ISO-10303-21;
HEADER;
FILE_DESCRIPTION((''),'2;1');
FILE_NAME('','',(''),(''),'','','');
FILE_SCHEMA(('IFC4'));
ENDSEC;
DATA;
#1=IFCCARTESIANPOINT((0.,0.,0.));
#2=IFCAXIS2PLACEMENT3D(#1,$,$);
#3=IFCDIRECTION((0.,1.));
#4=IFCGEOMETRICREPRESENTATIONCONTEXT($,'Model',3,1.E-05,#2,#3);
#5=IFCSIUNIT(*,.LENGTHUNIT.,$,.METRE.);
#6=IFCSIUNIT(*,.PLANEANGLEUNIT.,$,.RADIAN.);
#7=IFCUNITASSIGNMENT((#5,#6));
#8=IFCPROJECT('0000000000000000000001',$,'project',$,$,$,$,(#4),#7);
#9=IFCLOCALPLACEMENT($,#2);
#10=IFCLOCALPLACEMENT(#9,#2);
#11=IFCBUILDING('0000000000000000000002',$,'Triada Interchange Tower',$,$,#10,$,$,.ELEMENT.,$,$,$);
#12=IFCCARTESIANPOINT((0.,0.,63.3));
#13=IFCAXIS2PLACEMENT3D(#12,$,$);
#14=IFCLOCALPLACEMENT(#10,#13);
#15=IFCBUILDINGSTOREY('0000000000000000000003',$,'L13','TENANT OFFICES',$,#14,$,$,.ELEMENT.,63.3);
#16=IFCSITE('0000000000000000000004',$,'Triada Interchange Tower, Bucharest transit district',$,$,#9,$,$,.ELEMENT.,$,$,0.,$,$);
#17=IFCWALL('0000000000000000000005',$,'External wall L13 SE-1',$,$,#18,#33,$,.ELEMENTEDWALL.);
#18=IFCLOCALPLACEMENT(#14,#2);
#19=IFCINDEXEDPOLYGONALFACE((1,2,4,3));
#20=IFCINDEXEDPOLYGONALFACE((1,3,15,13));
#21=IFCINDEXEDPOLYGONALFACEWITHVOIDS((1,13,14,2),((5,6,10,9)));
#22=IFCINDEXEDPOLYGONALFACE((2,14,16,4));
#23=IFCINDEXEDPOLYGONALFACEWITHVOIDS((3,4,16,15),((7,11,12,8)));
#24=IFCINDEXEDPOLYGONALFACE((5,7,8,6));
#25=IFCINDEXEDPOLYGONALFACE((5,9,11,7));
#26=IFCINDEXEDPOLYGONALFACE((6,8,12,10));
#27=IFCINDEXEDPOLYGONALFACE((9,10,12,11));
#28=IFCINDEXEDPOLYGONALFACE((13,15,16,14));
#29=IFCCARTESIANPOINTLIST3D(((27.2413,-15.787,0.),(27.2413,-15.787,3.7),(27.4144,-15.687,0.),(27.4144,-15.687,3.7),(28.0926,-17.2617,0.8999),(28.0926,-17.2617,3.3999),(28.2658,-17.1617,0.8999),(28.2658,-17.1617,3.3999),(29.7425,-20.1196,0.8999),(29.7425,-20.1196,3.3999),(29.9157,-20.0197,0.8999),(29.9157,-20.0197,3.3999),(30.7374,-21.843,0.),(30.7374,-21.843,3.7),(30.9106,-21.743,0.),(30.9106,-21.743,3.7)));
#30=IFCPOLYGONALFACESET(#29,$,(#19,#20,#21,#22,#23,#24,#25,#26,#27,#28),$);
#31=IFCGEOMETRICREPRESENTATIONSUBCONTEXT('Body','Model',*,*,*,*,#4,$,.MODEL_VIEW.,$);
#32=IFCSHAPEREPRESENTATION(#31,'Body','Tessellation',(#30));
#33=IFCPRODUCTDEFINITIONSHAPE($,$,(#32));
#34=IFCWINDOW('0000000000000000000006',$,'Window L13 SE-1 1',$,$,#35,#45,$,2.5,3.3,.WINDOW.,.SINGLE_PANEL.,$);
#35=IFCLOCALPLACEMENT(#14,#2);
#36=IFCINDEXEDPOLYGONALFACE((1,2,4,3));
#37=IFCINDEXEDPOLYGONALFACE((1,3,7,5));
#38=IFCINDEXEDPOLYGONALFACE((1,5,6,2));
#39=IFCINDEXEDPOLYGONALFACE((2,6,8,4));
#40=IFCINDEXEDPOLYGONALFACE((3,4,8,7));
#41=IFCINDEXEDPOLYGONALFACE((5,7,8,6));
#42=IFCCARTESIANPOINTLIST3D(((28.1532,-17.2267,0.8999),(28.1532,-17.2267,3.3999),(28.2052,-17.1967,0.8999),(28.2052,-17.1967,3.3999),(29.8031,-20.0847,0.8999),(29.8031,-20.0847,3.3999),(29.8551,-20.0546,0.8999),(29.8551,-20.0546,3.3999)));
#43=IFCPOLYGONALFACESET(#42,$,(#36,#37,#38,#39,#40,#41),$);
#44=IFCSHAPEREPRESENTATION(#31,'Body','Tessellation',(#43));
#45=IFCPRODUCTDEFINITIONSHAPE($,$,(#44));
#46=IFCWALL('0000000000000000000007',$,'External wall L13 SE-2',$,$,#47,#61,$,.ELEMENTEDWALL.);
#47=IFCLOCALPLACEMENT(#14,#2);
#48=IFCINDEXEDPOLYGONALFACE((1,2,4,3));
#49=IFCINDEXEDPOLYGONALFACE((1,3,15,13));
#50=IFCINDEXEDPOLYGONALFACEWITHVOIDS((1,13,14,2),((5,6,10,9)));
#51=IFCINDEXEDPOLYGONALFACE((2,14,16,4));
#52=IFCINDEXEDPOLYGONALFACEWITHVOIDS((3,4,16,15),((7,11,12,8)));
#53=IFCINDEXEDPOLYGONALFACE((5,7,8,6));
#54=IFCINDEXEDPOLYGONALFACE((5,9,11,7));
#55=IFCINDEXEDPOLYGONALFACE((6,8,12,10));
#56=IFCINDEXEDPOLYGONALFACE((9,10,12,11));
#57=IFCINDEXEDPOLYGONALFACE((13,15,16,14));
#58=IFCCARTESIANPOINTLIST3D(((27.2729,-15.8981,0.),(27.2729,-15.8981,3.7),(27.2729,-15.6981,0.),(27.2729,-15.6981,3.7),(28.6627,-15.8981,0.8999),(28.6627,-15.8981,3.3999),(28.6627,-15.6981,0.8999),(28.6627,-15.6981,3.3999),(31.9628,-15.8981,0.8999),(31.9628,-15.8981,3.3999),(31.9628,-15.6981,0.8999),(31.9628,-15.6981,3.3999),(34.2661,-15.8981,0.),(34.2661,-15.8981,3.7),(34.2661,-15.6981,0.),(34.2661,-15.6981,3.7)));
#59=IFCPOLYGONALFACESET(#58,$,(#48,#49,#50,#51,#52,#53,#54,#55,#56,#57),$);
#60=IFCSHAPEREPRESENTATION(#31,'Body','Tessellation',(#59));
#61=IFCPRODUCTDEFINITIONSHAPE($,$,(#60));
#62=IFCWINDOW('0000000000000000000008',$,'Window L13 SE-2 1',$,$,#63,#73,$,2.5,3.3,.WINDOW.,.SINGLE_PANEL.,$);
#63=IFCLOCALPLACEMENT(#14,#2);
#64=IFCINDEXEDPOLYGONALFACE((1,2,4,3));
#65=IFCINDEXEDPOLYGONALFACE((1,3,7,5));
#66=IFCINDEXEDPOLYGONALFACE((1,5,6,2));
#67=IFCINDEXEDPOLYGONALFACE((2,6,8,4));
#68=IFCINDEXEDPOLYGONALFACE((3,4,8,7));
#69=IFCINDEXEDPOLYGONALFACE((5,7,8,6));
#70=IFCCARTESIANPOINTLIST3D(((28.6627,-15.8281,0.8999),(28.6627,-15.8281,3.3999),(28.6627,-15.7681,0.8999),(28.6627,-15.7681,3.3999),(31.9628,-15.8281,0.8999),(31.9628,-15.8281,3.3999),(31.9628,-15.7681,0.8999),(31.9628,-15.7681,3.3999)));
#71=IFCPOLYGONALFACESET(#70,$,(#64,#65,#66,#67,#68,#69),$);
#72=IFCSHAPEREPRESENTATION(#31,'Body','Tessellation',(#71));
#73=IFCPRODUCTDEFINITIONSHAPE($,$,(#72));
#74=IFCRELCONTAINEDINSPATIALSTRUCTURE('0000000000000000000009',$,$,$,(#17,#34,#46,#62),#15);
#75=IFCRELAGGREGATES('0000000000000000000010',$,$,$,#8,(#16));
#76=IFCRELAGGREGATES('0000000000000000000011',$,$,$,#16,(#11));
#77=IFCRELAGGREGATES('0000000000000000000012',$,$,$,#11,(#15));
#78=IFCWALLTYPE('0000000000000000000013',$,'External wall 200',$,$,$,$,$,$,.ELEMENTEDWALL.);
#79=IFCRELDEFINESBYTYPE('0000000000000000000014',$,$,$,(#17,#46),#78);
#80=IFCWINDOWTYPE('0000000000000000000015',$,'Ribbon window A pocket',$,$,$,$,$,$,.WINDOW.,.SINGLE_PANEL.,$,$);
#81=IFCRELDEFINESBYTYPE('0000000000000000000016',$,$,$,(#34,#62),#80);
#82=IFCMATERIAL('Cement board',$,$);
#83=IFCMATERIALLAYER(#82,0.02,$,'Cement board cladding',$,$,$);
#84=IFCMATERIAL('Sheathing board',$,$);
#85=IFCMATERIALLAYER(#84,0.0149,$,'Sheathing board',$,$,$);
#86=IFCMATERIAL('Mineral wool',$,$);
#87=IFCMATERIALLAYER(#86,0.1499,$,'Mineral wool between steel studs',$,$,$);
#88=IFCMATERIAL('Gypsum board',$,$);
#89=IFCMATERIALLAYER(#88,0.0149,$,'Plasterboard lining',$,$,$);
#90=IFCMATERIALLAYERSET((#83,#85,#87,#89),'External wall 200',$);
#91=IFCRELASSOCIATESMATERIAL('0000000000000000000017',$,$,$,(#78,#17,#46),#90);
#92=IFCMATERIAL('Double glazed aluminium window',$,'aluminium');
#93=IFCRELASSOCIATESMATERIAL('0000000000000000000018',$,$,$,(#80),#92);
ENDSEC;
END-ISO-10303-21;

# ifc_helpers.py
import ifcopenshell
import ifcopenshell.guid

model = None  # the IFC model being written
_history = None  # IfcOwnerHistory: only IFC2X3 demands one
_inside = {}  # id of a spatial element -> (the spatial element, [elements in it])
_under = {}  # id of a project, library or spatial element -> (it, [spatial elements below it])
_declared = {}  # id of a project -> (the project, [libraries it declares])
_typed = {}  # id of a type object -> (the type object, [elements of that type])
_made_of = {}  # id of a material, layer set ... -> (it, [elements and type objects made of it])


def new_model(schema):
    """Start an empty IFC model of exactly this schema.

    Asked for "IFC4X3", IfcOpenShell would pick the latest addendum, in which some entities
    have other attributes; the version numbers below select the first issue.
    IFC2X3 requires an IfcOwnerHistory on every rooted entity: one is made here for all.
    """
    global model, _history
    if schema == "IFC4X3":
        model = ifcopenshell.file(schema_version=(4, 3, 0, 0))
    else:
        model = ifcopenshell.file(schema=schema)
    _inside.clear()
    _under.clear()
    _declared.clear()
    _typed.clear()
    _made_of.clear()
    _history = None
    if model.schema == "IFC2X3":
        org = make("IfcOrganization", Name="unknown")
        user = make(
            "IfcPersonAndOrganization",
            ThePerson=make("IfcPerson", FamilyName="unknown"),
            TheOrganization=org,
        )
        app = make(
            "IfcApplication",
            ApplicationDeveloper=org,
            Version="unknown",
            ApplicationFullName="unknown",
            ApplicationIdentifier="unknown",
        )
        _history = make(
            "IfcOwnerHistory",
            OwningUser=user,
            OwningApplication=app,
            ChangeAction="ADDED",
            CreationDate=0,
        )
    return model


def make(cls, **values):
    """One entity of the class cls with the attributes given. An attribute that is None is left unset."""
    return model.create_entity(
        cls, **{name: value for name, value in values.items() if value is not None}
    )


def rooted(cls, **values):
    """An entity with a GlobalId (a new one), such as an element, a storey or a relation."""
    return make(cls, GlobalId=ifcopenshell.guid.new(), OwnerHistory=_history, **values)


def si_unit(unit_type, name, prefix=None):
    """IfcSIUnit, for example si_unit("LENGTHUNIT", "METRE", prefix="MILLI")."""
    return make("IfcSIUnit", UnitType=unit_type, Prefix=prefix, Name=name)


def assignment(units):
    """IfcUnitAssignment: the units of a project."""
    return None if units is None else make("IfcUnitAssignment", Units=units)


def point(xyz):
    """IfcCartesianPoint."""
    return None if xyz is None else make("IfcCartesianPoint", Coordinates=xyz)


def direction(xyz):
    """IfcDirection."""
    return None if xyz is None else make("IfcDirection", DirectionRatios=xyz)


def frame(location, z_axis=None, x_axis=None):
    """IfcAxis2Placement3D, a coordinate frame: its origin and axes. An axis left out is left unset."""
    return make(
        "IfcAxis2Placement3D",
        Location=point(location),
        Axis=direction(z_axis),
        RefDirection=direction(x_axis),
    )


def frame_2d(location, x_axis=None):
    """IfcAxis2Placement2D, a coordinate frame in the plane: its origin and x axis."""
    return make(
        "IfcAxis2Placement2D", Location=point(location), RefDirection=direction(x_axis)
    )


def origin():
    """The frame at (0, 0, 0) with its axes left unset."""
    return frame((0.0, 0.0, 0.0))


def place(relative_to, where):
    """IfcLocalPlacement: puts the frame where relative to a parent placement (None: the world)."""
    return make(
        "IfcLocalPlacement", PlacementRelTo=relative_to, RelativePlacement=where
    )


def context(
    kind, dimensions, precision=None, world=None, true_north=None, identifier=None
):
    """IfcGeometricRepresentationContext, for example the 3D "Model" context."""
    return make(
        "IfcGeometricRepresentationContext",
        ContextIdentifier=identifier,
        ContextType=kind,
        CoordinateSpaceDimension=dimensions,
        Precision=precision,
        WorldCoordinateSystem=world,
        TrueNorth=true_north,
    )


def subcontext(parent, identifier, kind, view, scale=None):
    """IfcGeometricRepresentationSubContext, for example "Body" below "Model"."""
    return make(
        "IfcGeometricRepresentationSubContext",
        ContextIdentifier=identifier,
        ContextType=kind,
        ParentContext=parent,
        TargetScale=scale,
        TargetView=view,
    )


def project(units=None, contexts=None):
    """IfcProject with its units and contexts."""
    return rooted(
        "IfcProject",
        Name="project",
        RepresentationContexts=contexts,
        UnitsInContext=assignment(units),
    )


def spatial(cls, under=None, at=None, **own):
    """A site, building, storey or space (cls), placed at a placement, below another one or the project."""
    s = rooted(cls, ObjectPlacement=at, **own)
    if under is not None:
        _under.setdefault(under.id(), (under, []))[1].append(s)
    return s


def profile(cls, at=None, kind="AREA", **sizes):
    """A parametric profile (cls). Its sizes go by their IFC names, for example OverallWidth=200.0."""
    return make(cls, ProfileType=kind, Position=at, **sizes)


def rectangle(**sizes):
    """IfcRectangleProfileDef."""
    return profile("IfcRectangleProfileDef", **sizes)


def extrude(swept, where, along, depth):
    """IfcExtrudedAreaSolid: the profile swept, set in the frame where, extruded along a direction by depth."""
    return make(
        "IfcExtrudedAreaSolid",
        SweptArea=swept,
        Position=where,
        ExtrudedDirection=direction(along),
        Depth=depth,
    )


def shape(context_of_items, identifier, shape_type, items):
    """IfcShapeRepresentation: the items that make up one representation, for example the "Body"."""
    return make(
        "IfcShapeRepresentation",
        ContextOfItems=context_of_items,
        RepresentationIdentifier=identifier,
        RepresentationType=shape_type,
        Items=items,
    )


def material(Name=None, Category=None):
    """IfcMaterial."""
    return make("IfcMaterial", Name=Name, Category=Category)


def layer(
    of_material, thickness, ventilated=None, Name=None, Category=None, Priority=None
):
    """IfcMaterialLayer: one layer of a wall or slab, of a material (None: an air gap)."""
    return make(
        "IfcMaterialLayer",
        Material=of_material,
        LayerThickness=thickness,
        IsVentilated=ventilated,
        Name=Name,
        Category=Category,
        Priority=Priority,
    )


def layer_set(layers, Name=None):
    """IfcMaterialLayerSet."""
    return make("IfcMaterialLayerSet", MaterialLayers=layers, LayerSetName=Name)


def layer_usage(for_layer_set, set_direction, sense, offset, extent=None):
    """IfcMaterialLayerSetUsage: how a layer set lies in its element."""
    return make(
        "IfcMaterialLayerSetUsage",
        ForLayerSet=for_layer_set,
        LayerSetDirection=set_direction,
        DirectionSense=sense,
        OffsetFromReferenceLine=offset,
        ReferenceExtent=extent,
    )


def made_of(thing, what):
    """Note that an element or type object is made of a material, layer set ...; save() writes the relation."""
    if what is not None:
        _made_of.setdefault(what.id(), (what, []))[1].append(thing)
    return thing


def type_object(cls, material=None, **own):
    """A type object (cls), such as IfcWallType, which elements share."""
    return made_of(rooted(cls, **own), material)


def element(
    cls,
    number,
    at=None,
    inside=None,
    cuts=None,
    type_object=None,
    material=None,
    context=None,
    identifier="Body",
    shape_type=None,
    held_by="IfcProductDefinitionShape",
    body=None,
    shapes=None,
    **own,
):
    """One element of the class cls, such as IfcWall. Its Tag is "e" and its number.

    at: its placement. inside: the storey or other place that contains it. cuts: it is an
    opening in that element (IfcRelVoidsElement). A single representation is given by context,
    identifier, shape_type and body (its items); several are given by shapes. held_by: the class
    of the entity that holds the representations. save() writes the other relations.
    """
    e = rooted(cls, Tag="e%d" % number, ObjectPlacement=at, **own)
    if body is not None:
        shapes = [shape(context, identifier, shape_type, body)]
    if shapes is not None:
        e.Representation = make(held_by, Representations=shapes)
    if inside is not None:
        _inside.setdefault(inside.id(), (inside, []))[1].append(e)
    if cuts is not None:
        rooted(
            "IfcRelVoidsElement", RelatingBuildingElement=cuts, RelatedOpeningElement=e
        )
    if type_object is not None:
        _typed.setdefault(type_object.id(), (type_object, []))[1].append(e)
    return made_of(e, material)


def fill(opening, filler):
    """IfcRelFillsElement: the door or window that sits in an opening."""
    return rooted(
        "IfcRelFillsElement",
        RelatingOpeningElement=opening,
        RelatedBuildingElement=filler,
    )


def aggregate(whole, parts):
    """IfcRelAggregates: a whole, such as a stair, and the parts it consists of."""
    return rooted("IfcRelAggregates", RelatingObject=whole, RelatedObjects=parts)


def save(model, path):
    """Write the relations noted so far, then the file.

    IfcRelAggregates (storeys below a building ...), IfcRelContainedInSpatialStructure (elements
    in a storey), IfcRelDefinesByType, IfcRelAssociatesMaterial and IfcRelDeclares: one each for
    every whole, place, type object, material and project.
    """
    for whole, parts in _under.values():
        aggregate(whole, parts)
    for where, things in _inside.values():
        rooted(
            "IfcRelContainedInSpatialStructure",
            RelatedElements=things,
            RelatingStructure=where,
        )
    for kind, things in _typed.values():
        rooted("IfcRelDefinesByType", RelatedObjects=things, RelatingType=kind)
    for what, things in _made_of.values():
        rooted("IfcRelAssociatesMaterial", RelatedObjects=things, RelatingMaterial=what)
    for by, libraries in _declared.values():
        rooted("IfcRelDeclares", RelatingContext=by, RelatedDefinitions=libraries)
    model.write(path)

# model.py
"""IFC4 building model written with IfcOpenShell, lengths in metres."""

from ifc_helpers import new_model, si_unit, direction, frame, frame_2d, origin, place, context, subcontext, project, spatial, rectangle, extrude, material, layer, layer_set, layer_usage, type_object, element, fill, save


model = new_model("IFC4")

# Units and contexts
model_context = context("Model", 3, precision=1e-05, world=origin(), true_north=direction((0.0, 1.0)))
body_context = subcontext(model_context, "Body", "Model", "MODEL_VIEW")
ifc_project = project(units=[si_unit("LENGTHUNIT", "METRE"), si_unit("PLANEANGLEUNIT", "RADIAN")], contexts=[model_context])

# Site, building, storey
site_placement = place(None, origin())
site = spatial("IfcSite", under=ifc_project, at=site_placement, Name="Triada Interchange Tower, Bucharest transit district", CompositionType="ELEMENT", RefElevation=0.0)
building_placement = place(site_placement, origin())
building = spatial("IfcBuilding", under=site, at=building_placement, Name="Triada Interchange Tower", CompositionType="ELEMENT")
storey_placement = place(building_placement, frame((0.0, 0.0, 63.3)))
storey = spatial("IfcBuildingStorey", under=building, at=storey_placement, Name="L13", Description="TENANT OFFICES", CompositionType="ELEMENT", Elevation=63.3)

# Walls, openings, windows
ifc_material_1 = material(Name="Cement board")
ifc_layer_1 = layer(ifc_material_1, 0.02, Name="Cement board cladding")
ifc_material_2 = material(Name="Sheathing board")
ifc_layer_2 = layer(ifc_material_2, 0.0149, Name="Sheathing board")
ifc_material_3 = material(Name="Mineral wool")
ifc_layer_3 = layer(ifc_material_3, 0.1499, Name="Mineral wool between steel studs")
ifc_material_4 = material(Name="Gypsum board")
ifc_layer_4 = layer(ifc_material_4, 0.0149, Name="Plasterboard lining")
ifc_layer_set_1 = layer_set([ifc_layer_1, ifc_layer_2, ifc_layer_3, ifc_layer_4], Name="External wall 200")
ifc_layer_usage = layer_usage(ifc_layer_set_1, "AXIS2", "POSITIVE", -0.1001)
wall_type = type_object("IfcWallType", Name="External wall 200", PredefinedType="ELEMENTEDWALL", material=ifc_layer_set_1)
wall_1_placement = place(storey_placement, frame((30.824, -21.793, 0.0), z_axis=(0.0, 0.0, 1.0), x_axis=(-0.499969, 0.866043, 0.0)))
wall_1 = element("IfcWall", 1, at=wall_1_placement, inside=storey, type_object=wall_type, material=ifc_layer_usage, Name="External wall L13 SE-1", PredefinedType="ELEMENTEDWALL", context=body_context, shape_type="SweptSolid", body=[
    extrude(rectangle(XDim=6.9927, YDim=0.2, at=frame_2d((3.4963, 0.0))), origin(), (0.0, 0.0, 1.0), 3.7),
])
opening_1_placement = place(wall_1_placement, frame((1.99, 0.0, 0.8999)))
opening_1 = element("IfcOpeningElement", 2, at=opening_1_placement, cuts=wall_1, PredefinedType="OPENING", context=body_context, shape_type="SweptSolid", body=[
    extrude(rectangle(XDim=3.3, YDim=2.5, at=frame_2d((1.6499, 1.25))), frame((0.0, 0.1099, 0.0), z_axis=(0.0, -1.0, 0.0), x_axis=(1.0, 0.0, 0.0)), (0.0, 0.0, 1.0), 0.22),
])
ifc_material_5 = material(Name="Double glazed aluminium window", Category="aluminium")
window_type_1 = type_object("IfcWindowType", Name="Ribbon window A pocket", PartitioningType="SINGLE_PANEL", PredefinedType="WINDOW", material=ifc_material_5)
window_1_placement = place(opening_1_placement, origin())
window_1 = element("IfcWindow", 3, at=window_1_placement, inside=storey, type_object=window_type_1, Name="Window L13 SE-1 1", OverallHeight=2.5, OverallWidth=3.3, PartitioningType="SINGLE_PANEL", PredefinedType="WINDOW", context=body_context, shape_type="SweptSolid", body=[
    extrude(rectangle(XDim=3.3, YDim=2.5, at=frame_2d((1.6499, 1.25))), frame((0.0, 0.03, 0.0), z_axis=(0.0, -1.0, 0.0), x_axis=(1.0, 0.0, 0.0)), (0.0, 0.0, 1.0), 0.0601),
])
fill(opening_1, window_1)
wall_2_placement = place(storey_placement, frame((27.2729, -15.7981, 0.0), z_axis=(0.0, 0.0, 1.0), x_axis=(1.0, 0.0, 0.0)))
wall_2 = element("IfcWall", 4, at=wall_2_placement, inside=storey, type_object=wall_type, material=ifc_layer_usage, Name="External wall L13 SE-2", PredefinedType="ELEMENTEDWALL", context=body_context, shape_type="SweptSolid", body=[
    extrude(rectangle(XDim=6.9932, YDim=0.2, at=frame_2d((3.4966, 0.0))), origin(), (0.0, 0.0, 1.0), 3.7),
])
opening_2_placement = place(wall_2_placement, frame((1.3899, 0.0, 0.8999)))
opening_2 = element("IfcOpeningElement", 5, at=opening_2_placement, cuts=wall_2, PredefinedType="OPENING", context=body_context, shape_type="SweptSolid", body=[
    extrude(rectangle(XDim=3.3, YDim=2.5, at=frame_2d((1.6499, 1.25))), frame((0.0, 0.1099, 0.0), z_axis=(0.0, -1.0, 0.0), x_axis=(1.0, 0.0, 0.0)), (0.0, 0.0, 1.0), 0.22),
])
window_2_placement = place(opening_2_placement, origin())
window_2 = element("IfcWindow", 6, at=window_2_placement, inside=storey, type_object=window_type_1, Name="Window L13 SE-2 1", OverallHeight=2.5, OverallWidth=3.3, PartitioningType="SINGLE_PANEL", PredefinedType="WINDOW", context=body_context, shape_type="SweptSolid", body=[
    extrude(rectangle(XDim=3.3, YDim=2.5, at=frame_2d((1.6499, 1.25))), frame((0.0, 0.03, 0.0), z_axis=(0.0, -1.0, 0.0), x_axis=(1.0, 0.0, 0.0)), (0.0, 0.0, 1.0), 0.0601),
])
fill(opening_2, window_2)

save(model, "model.ifc")
